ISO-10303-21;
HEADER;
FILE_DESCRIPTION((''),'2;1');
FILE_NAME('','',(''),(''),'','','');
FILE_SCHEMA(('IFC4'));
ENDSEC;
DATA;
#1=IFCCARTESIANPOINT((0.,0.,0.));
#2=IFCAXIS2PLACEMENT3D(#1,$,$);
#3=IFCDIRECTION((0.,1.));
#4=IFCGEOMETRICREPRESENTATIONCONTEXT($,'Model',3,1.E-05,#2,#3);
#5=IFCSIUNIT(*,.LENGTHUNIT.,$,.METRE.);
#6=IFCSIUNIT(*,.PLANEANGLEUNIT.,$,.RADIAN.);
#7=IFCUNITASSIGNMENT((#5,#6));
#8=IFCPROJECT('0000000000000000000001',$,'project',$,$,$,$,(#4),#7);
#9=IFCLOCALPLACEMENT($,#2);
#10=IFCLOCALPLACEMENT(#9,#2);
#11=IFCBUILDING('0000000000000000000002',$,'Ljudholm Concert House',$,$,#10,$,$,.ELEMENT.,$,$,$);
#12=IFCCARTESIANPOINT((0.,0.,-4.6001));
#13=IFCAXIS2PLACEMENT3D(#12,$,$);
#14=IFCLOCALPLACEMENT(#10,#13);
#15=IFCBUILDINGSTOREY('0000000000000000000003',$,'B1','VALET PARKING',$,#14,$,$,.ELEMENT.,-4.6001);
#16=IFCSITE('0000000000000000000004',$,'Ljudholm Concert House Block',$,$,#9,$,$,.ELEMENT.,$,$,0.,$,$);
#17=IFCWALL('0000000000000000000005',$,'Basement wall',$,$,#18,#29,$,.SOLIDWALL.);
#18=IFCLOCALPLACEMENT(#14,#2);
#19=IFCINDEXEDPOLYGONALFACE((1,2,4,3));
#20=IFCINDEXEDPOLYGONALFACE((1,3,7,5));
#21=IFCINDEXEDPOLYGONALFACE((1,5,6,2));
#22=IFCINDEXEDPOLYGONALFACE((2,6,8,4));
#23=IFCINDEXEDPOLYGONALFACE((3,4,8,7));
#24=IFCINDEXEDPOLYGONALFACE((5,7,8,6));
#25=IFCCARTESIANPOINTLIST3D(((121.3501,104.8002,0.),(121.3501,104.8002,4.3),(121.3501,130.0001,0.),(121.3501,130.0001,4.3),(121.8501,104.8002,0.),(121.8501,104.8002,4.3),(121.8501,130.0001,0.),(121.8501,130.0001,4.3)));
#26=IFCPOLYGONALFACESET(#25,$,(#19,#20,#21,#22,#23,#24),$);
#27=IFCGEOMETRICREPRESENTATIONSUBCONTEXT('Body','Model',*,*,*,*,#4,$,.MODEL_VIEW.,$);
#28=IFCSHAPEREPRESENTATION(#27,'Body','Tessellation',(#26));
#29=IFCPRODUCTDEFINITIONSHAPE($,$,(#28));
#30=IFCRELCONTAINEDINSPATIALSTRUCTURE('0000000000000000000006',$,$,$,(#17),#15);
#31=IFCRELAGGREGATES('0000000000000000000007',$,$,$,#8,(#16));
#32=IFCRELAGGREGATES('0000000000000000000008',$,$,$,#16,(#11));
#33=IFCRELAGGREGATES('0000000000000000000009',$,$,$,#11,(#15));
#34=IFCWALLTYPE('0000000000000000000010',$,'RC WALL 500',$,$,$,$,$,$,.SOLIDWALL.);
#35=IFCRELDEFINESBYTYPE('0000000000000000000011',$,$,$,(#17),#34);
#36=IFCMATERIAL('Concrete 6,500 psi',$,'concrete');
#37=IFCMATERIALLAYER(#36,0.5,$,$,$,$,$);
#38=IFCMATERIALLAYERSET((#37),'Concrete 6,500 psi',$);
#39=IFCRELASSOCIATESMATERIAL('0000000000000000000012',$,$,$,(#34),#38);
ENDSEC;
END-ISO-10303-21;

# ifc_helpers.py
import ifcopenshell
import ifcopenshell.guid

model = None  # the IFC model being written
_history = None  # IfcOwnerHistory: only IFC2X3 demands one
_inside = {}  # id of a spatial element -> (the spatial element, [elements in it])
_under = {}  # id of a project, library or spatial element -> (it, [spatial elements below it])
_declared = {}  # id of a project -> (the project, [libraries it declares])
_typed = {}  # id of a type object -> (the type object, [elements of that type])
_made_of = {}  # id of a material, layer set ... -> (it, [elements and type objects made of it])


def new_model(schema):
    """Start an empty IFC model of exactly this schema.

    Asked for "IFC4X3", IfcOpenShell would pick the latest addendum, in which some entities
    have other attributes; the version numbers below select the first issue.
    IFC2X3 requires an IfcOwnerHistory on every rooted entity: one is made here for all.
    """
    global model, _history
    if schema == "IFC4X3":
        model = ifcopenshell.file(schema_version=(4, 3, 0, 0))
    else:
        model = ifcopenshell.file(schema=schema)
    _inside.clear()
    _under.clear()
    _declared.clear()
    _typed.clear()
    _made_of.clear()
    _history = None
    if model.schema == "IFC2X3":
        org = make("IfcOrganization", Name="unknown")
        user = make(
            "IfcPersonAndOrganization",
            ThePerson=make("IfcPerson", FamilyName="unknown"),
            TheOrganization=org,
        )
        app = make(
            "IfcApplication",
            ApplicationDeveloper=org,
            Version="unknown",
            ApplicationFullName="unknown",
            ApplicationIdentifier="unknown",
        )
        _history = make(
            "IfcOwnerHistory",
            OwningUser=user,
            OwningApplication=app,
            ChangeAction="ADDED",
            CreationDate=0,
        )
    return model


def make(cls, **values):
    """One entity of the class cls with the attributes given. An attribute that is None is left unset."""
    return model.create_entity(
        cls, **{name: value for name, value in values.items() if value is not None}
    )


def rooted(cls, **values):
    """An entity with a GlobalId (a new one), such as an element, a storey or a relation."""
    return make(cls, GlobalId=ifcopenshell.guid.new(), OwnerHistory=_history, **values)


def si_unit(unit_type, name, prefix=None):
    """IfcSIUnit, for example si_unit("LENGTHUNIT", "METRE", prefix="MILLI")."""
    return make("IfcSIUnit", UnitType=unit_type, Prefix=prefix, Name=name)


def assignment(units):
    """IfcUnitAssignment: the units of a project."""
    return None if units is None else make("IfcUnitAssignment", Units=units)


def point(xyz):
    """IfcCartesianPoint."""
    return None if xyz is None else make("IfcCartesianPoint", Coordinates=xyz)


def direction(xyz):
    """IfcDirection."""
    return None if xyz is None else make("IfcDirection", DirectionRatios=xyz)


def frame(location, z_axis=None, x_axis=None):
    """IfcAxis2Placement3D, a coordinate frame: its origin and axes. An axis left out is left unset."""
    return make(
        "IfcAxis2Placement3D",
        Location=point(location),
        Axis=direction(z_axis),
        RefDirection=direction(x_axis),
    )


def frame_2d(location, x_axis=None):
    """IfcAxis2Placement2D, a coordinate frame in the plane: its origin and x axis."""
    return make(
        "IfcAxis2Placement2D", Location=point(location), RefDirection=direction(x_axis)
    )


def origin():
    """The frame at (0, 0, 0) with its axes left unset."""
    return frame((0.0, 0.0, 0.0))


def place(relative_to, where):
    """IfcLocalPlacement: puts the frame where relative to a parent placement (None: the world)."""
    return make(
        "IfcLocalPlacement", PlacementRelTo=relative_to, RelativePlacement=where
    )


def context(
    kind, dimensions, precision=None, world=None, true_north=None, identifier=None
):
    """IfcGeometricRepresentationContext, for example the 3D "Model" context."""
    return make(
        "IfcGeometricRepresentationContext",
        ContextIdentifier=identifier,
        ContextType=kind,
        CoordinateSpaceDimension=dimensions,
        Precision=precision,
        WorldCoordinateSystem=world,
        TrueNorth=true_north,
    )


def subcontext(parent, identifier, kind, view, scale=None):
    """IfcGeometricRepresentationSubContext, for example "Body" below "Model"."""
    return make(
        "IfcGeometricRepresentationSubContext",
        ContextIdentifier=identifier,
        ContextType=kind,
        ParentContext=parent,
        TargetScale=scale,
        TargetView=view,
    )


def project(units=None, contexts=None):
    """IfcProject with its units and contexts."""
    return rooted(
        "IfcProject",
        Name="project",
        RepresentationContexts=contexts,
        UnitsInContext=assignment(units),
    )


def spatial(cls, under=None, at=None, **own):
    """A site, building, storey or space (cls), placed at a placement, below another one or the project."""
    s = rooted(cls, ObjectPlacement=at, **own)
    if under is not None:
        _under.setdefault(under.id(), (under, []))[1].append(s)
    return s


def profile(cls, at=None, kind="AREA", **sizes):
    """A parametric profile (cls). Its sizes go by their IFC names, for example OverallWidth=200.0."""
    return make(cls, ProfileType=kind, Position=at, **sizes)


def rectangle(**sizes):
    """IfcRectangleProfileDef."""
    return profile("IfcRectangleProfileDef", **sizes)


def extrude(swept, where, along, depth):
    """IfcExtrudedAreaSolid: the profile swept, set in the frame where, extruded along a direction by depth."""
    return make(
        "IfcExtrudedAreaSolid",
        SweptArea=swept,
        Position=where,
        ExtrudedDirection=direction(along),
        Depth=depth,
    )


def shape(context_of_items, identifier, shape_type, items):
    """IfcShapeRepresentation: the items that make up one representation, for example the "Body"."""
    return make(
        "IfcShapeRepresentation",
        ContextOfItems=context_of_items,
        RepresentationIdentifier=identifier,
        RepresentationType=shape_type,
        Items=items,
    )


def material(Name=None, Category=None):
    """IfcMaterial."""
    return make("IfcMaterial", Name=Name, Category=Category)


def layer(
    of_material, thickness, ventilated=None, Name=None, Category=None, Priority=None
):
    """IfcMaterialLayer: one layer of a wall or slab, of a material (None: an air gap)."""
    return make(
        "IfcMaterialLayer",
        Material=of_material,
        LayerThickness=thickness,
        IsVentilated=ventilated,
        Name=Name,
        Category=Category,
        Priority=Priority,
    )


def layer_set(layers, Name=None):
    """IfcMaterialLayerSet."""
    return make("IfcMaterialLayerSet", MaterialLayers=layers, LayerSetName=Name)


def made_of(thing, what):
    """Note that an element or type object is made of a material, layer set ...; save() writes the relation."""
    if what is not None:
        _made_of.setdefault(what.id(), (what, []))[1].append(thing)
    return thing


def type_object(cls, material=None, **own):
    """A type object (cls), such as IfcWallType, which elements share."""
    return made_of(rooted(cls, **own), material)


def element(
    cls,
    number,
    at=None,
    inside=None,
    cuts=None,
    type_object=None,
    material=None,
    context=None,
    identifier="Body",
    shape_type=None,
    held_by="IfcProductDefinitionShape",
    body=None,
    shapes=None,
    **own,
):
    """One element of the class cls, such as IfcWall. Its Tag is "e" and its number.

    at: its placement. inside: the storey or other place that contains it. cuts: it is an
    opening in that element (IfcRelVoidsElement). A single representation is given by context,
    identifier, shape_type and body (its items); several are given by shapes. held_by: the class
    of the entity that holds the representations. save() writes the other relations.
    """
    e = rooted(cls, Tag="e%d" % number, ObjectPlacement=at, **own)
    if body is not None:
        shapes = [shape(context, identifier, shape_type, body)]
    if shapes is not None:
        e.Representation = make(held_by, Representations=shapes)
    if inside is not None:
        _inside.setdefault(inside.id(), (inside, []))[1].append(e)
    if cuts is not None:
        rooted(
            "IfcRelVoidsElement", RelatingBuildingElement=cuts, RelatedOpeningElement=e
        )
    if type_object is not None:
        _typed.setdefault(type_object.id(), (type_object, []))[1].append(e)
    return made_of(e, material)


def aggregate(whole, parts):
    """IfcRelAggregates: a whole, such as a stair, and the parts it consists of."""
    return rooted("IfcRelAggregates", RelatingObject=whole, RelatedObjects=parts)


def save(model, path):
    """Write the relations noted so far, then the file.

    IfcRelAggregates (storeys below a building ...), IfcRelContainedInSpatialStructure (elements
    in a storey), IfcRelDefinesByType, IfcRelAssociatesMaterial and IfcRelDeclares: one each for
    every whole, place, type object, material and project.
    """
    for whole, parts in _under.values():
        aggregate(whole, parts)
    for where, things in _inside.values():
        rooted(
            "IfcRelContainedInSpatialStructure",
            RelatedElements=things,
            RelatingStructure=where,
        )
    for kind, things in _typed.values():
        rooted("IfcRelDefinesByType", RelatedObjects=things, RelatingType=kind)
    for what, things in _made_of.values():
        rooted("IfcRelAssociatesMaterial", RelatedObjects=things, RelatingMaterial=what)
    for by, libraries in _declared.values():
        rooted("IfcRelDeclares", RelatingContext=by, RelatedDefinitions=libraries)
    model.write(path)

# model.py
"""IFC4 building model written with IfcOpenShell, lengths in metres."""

from ifc_helpers import new_model, si_unit, direction, frame, frame_2d, origin, place, context, subcontext, project, spatial, rectangle, extrude, material, layer, layer_set, type_object, element, save


model = new_model("IFC4")

# Units and contexts
model_context = context("Model", 3, precision=1e-05, world=origin(), true_north=direction((0.0, 1.0)))
body_context = subcontext(model_context, "Body", "Model", "MODEL_VIEW")
ifc_project = project(units=[si_unit("LENGTHUNIT", "METRE"), si_unit("PLANEANGLEUNIT", "RADIAN")], contexts=[model_context])

# Site, building, storey
site_placement = place(None, origin())
site = spatial("IfcSite", under=ifc_project, at=site_placement, Name="Ljudholm Concert House Block", CompositionType="ELEMENT", RefElevation=0.0)
building_placement = place(site_placement, origin())
building = spatial("IfcBuilding", under=site, at=building_placement, Name="Ljudholm Concert House", CompositionType="ELEMENT")
storey_placement = place(building_placement, frame((0.0, 0.0, -4.6001)))
storey = spatial("IfcBuildingStorey", under=building, at=storey_placement, Name="B1", Description="VALET PARKING", CompositionType="ELEMENT", Elevation=-4.6001)

# Wall
ifc_material_1 = material(Name="Concrete 6,500 psi", Category="concrete")
ifc_layer = layer(ifc_material_1, 0.5)
ifc_layer_set = layer_set([ifc_layer], Name="Concrete 6,500 psi")
wall_type = type_object("IfcWallType", Name="RC WALL 500", PredefinedType="SOLIDWALL", material=ifc_layer_set)
wall_placement = place(storey_placement, frame((121.6001, 104.8, 0.0), z_axis=(0.0, 0.0, 1.0), x_axis=(0.0, 1.0, 0.0)))
element("IfcWall", 1, at=wall_placement, inside=storey, type_object=wall_type, Name="Basement wall", PredefinedType="SOLIDWALL", context=body_context, shape_type="SweptSolid", body=[
    extrude(rectangle(XDim=25.2, YDim=0.5, at=frame_2d((12.6001, 0.0))), origin(), (0.0, 0.0, 1.0), 4.3),
])

save(model, "model.ifc")
